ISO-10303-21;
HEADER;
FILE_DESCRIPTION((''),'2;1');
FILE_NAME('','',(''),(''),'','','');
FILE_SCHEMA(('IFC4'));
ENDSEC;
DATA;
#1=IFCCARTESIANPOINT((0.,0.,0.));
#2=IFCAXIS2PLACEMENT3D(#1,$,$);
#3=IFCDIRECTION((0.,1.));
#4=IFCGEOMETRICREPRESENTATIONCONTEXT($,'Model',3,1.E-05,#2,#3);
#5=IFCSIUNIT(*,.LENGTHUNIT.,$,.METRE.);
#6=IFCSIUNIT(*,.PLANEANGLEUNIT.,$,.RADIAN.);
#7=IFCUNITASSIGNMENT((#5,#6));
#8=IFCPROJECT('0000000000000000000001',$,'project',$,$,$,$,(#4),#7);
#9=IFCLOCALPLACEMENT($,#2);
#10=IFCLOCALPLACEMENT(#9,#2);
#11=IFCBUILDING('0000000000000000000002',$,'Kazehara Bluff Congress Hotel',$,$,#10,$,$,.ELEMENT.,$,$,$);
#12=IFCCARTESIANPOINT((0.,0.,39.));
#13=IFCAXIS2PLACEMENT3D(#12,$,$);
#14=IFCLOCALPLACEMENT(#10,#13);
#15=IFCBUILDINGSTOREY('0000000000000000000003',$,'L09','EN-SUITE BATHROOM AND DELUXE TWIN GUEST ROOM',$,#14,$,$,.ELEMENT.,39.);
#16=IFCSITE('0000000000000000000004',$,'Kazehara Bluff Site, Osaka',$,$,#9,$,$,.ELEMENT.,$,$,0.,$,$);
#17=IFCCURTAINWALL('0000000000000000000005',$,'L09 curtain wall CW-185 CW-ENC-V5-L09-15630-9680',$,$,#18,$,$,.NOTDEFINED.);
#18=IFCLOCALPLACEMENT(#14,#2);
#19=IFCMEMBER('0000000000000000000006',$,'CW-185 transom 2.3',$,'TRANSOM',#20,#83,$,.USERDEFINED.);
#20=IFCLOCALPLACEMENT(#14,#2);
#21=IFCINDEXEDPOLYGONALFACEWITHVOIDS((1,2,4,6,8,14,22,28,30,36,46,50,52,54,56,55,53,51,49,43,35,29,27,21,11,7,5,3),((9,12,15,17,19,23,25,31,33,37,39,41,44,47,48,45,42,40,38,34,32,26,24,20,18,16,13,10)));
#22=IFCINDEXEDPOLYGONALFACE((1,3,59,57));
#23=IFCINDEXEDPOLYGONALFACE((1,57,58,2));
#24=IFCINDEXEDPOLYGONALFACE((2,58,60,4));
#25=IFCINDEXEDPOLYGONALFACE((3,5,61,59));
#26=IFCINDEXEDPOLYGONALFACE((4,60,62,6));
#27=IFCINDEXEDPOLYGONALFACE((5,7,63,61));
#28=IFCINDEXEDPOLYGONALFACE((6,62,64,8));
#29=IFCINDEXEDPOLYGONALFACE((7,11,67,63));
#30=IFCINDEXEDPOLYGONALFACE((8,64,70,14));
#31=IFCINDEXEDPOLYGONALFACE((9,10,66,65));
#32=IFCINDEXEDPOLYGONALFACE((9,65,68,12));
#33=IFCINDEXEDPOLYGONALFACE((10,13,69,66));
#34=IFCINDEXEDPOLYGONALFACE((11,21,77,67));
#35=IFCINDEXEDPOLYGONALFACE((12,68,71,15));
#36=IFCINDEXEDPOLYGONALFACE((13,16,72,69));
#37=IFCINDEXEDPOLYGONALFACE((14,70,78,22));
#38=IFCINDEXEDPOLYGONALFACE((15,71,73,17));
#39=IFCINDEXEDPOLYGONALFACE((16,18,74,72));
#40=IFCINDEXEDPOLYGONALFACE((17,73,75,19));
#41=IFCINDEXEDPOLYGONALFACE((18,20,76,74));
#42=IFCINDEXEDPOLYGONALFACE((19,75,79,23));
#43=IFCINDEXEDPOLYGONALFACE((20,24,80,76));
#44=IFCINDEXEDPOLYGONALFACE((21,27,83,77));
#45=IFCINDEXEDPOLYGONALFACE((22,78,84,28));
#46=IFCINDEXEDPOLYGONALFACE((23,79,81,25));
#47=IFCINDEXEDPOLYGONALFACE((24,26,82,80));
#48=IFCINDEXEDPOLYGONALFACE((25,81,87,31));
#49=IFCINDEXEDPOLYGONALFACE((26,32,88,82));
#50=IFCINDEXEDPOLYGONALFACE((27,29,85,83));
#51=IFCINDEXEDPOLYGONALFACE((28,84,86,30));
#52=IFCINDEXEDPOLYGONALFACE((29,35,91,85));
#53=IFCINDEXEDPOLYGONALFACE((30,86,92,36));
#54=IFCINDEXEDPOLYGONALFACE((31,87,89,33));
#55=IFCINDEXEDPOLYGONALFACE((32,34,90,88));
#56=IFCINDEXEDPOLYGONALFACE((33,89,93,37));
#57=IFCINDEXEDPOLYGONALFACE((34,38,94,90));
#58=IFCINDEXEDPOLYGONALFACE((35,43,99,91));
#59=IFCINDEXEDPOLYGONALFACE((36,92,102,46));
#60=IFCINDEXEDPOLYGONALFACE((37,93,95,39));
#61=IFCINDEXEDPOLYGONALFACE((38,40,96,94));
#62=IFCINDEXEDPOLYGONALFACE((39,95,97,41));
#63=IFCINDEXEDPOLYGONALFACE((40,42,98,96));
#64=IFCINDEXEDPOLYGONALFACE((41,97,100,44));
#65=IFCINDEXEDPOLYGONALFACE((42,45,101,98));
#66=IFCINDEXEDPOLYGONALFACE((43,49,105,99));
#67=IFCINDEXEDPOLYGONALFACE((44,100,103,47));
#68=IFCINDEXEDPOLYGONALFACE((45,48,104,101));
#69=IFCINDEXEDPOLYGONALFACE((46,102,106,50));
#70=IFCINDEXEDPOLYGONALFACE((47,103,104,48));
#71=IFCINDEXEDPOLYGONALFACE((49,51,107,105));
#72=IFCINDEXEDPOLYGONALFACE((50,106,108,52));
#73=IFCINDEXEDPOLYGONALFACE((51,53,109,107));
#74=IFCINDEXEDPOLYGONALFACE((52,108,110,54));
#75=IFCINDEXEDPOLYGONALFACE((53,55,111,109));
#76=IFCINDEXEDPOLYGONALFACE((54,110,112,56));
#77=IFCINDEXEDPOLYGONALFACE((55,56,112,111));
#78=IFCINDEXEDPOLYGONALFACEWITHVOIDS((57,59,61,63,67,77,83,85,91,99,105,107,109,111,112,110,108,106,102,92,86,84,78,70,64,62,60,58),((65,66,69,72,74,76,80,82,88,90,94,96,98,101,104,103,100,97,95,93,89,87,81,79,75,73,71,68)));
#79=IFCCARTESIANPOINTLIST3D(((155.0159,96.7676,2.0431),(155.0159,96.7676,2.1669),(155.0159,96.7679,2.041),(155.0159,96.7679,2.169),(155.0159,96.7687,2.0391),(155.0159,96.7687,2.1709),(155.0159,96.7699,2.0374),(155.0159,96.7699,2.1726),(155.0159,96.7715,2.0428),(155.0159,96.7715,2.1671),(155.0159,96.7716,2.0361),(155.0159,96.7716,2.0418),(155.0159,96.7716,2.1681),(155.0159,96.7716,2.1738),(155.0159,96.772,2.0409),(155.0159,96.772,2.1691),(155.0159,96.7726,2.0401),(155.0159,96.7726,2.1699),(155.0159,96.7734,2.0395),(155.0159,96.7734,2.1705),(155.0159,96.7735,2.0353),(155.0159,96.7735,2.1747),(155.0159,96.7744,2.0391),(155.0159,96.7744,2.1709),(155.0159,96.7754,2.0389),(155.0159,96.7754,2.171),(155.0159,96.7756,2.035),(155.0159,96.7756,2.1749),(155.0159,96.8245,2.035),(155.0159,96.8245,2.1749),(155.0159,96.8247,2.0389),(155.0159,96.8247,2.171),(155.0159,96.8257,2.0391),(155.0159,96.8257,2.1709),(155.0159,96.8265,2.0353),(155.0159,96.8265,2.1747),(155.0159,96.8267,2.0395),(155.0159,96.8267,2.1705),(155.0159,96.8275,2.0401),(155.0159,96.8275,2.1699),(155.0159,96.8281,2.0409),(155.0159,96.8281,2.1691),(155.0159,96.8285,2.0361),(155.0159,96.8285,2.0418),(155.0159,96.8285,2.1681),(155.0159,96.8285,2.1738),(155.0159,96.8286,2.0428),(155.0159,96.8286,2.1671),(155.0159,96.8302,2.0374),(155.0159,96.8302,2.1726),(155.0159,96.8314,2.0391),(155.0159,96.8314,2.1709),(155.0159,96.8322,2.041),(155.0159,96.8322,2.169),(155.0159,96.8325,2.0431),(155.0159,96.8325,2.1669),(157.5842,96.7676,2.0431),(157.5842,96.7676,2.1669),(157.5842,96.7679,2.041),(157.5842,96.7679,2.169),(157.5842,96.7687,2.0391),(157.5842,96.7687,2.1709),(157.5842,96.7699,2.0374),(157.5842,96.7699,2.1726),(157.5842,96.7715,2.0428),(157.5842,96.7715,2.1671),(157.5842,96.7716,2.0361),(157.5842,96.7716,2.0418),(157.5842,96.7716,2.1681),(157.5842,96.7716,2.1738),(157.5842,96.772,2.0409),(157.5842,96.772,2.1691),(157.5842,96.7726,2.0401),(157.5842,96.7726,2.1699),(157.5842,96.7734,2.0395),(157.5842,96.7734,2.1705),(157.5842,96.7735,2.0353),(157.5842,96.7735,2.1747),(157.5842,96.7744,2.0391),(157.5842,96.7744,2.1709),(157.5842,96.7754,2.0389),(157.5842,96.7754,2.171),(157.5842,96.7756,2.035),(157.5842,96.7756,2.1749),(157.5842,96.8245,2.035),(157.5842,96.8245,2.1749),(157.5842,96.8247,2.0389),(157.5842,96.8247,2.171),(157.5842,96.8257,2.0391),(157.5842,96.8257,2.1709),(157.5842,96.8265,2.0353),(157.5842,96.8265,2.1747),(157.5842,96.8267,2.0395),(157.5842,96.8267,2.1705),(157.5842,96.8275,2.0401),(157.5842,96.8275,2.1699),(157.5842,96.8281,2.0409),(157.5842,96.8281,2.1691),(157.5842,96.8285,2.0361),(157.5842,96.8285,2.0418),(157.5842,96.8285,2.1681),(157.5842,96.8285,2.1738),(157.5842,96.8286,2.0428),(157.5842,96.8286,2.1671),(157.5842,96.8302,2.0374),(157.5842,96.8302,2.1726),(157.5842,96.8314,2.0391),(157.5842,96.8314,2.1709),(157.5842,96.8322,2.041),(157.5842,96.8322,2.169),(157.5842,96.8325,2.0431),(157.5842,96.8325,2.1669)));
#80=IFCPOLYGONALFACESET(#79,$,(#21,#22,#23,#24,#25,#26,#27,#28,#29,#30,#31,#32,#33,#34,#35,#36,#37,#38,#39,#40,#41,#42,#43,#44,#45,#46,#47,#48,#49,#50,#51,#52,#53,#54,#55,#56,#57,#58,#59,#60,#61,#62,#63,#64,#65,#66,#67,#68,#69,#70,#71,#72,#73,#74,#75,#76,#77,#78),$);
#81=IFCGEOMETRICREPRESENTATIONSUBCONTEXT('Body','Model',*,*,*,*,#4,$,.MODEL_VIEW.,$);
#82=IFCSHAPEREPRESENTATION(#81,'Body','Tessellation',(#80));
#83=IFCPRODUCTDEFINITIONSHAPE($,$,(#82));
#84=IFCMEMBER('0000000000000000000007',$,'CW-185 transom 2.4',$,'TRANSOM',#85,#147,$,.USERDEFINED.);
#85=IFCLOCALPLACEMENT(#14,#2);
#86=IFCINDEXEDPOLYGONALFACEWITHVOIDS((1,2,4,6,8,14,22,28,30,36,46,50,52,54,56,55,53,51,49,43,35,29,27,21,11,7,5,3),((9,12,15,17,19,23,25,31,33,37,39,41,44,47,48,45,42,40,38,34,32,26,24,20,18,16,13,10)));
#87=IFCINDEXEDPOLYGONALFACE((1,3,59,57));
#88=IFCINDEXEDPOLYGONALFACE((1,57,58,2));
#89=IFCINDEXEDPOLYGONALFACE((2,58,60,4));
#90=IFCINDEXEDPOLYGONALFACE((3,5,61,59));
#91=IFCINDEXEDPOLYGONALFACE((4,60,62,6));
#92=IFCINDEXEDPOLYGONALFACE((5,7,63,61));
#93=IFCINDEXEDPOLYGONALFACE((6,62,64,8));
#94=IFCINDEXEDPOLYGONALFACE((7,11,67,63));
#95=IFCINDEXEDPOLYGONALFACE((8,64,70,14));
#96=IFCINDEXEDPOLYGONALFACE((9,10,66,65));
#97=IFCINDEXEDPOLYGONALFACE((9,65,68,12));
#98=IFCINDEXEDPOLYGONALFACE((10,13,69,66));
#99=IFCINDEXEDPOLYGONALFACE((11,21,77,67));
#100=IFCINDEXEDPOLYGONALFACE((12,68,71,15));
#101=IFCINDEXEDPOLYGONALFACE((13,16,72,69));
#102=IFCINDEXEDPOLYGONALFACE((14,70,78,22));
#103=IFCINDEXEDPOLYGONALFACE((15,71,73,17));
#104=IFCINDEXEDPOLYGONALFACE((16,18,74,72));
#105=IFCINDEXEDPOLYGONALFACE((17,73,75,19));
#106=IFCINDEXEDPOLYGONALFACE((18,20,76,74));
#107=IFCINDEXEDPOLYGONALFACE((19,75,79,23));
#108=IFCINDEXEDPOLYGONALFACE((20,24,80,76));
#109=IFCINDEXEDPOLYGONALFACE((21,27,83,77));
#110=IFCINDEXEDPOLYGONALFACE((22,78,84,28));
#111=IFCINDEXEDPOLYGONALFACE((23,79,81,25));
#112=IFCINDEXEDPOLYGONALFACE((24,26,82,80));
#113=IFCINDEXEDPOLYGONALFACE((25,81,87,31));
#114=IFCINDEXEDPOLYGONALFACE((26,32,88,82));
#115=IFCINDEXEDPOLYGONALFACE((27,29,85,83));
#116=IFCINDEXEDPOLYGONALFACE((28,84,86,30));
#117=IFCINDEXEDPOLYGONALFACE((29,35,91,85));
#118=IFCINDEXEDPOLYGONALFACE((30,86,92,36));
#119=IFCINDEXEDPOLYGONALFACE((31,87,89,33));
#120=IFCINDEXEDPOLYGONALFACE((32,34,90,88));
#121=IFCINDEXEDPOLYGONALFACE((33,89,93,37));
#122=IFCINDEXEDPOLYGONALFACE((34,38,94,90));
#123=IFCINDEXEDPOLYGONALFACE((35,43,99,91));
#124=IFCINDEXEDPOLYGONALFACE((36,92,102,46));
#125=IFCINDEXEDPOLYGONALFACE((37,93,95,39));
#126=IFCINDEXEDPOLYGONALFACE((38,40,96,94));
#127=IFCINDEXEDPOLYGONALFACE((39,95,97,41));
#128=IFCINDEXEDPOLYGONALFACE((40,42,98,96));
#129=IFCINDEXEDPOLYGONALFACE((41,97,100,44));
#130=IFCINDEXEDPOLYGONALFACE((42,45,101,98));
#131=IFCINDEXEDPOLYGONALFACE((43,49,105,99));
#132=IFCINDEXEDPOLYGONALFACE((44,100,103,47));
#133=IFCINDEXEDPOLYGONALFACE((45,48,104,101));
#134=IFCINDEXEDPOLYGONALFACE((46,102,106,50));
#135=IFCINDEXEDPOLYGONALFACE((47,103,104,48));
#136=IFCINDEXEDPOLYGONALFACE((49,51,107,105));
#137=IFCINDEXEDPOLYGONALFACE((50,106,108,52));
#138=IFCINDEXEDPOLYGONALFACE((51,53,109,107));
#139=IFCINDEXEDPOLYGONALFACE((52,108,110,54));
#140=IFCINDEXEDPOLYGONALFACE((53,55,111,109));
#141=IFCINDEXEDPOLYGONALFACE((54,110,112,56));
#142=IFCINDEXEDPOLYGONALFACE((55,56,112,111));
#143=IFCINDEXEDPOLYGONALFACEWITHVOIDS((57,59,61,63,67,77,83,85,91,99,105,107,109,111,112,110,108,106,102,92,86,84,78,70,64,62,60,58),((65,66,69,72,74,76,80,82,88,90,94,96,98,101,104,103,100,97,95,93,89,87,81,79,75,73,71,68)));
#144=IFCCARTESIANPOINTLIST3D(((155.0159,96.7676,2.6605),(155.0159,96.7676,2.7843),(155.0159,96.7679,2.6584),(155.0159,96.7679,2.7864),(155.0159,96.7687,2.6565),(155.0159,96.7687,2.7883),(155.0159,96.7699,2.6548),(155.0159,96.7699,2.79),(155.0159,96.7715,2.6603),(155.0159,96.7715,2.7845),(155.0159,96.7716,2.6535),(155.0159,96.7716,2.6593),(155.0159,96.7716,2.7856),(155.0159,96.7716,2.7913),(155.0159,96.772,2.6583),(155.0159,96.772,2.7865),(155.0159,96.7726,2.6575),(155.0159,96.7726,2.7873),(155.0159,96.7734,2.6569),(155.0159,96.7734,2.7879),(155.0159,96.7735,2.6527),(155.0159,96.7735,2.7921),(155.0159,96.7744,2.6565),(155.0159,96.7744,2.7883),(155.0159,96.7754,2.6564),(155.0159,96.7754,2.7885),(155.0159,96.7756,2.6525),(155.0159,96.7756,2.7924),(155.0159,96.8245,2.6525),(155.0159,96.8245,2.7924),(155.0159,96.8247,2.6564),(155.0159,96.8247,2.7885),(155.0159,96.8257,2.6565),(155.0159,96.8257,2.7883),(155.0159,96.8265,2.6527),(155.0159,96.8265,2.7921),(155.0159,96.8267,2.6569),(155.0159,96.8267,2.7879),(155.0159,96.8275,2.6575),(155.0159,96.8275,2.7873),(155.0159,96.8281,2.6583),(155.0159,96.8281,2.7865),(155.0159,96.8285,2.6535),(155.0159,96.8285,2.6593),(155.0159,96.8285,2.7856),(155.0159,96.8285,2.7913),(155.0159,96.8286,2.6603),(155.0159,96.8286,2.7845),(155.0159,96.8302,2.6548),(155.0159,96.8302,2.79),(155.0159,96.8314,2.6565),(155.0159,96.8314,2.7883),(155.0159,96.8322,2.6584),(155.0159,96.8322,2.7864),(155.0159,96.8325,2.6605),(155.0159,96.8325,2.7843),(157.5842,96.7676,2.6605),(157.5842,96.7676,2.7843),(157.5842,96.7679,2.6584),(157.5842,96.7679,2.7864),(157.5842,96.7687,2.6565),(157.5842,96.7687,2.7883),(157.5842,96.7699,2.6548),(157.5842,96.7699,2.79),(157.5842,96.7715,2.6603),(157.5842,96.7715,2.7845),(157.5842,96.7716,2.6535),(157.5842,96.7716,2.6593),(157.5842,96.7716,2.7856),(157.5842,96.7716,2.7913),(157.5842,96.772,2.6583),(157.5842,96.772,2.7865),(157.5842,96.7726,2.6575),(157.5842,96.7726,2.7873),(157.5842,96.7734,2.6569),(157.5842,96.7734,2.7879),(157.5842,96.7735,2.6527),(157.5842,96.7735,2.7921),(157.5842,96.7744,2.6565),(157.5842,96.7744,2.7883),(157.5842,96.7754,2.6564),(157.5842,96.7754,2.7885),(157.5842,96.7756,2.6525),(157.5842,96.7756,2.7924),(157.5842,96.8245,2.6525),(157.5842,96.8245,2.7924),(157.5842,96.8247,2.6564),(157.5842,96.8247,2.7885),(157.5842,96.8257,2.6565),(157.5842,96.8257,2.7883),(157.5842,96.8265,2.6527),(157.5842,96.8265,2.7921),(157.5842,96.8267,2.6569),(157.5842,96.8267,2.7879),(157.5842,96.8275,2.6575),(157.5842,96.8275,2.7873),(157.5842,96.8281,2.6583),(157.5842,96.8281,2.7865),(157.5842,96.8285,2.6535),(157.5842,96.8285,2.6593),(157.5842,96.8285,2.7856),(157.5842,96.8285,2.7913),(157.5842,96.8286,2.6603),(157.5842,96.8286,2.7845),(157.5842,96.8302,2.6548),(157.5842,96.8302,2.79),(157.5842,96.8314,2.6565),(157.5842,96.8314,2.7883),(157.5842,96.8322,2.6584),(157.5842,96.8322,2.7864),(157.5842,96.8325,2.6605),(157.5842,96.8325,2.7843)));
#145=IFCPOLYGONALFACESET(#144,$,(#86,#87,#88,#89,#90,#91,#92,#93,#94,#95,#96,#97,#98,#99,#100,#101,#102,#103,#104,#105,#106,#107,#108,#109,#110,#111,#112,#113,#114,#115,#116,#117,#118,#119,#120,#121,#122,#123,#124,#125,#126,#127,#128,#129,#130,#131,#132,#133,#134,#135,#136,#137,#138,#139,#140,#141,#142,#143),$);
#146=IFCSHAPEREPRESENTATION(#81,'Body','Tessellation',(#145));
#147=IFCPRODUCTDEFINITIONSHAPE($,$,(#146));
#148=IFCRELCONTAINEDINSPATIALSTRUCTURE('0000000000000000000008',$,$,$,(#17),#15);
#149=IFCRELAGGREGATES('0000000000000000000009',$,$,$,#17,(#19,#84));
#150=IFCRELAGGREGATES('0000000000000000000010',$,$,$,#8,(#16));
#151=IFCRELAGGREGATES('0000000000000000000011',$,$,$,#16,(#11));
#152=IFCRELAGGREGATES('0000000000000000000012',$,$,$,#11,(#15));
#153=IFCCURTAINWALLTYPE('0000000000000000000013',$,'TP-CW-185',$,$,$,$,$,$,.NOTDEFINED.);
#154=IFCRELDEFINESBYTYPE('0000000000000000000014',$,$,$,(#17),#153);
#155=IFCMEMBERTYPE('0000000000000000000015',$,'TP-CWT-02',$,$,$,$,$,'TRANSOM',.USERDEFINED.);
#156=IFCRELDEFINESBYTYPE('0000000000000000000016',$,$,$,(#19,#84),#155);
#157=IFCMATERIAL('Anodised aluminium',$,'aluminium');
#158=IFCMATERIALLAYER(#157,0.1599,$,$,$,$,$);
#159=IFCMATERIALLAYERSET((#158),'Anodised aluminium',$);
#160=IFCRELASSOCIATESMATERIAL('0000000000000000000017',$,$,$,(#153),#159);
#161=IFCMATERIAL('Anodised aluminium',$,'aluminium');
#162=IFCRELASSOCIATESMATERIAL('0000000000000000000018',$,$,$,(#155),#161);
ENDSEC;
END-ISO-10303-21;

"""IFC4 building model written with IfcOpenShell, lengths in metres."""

from ifc_helpers import new_model, si_unit, direction, frame, origin, origin_2d, place, context, subcontext, project, spatial, hollow_rectangle, extrude, material, layer, layer_set, material_profile, profile_set, type_object, element, aggregate, save


model = new_model("IFC4")

# Units and contexts
model_context = context("Model", 3, precision=1e-05, world=origin(), true_north=direction((0.0, 1.0)))
body_context = subcontext(model_context, "Body", "Model", "MODEL_VIEW")
ifc_project = project(units=[si_unit("LENGTHUNIT", "METRE"), si_unit("PLANEANGLEUNIT", "RADIAN")], contexts=[model_context])

# Site, building, storey
site_placement = place(None, origin())
site = spatial("IfcSite", under=ifc_project, at=site_placement, Name="Kazehara Bluff Site, Osaka", CompositionType="ELEMENT", RefElevation=0.0)
building_placement = place(site_placement, origin())
building = spatial("IfcBuilding", under=site, at=building_placement, Name="Kazehara Bluff Congress Hotel", CompositionType="ELEMENT")
storey_placement = place(building_placement, frame((0.0, 0.0, 39.0)))
storey = spatial("IfcBuildingStorey", under=building, at=storey_placement, Name="L09", Description="EN-SUITE BATHROOM AND DELUXE TWIN GUEST ROOM", CompositionType="ELEMENT", Elevation=39.0)

# Curtain wall, members
ifc_material_1 = material(Name="Anodised aluminium", Category="aluminium")
ifc_layer_1 = layer(ifc_material_1, 0.1599)
ifc_layer_set_1 = layer_set([ifc_layer_1], Name="Anodised aluminium")
curtain_wall_type = type_object("IfcCurtainWallType", Name="TP-CW-185", PredefinedType="NOTDEFINED", material=ifc_layer_set_1)
curtain_wall_placement = place(storey_placement, origin())
curtain_wall = element("IfcCurtainWall", 1, at=curtain_wall_placement, inside=storey, type_object=curtain_wall_type, Name="L09 curtain wall CW-185 CW-ENC-V5-L09-15630-9680", PredefinedType="NOTDEFINED")
ifc_material_2 = material(Name="Anodised aluminium", Category="aluminium")
ifc_material_profile_1 = material_profile(ifc_material_2, hollow_rectangle(XDim=0.0649, YDim=0.1399, WallThickness=0.0039, InnerFilletRadius=0.0039, OuterFilletRadius=0.0081, at=origin_2d()))
ifc_profile_set_1 = profile_set([ifc_material_profile_1], Name="Anodised aluminium")
member_type_1 = type_object("IfcMemberType", Name="TP-CWT-02", ElementType="TRANSOM", PredefinedType="USERDEFINED", material=ifc_profile_set_1)
member_1_placement = place(storey_placement, frame((155.0159, 96.8, 2.105), z_axis=(1.0, 0.0, 0.0), x_axis=(0.0, 1.0, 0.0)))
member_1 = element("IfcMember", 2, at=member_1_placement, type_object=member_type_1, Name="CW-185 transom 2.3", ObjectType="TRANSOM", PredefinedType="USERDEFINED", context=body_context, shape_type="SweptSolid", body=[
    extrude(hollow_rectangle(XDim=0.0649, YDim=0.1399, WallThickness=0.0039, InnerFilletRadius=0.0039, OuterFilletRadius=0.0081, at=origin_2d()), origin(), (0.0, 0.0, 1.0), 2.5684),
])
member_2_placement = place(storey_placement, frame((155.0159, 96.8, 2.7224), z_axis=(1.0, 0.0, 0.0), x_axis=(0.0, 1.0, 0.0)))
member_2 = element("IfcMember", 3, at=member_2_placement, type_object=member_type_1, Name="CW-185 transom 2.4", ObjectType="TRANSOM", PredefinedType="USERDEFINED", context=body_context, shape_type="SweptSolid", body=[
    extrude(hollow_rectangle(XDim=0.0649, YDim=0.1399, WallThickness=0.0039, InnerFilletRadius=0.0039, OuterFilletRadius=0.0081, at=origin_2d()), origin(), (0.0, 0.0, 1.0), 2.5684),
])
aggregate(curtain_wall, [member_1, member_2])

save(model, "model.ifc")
